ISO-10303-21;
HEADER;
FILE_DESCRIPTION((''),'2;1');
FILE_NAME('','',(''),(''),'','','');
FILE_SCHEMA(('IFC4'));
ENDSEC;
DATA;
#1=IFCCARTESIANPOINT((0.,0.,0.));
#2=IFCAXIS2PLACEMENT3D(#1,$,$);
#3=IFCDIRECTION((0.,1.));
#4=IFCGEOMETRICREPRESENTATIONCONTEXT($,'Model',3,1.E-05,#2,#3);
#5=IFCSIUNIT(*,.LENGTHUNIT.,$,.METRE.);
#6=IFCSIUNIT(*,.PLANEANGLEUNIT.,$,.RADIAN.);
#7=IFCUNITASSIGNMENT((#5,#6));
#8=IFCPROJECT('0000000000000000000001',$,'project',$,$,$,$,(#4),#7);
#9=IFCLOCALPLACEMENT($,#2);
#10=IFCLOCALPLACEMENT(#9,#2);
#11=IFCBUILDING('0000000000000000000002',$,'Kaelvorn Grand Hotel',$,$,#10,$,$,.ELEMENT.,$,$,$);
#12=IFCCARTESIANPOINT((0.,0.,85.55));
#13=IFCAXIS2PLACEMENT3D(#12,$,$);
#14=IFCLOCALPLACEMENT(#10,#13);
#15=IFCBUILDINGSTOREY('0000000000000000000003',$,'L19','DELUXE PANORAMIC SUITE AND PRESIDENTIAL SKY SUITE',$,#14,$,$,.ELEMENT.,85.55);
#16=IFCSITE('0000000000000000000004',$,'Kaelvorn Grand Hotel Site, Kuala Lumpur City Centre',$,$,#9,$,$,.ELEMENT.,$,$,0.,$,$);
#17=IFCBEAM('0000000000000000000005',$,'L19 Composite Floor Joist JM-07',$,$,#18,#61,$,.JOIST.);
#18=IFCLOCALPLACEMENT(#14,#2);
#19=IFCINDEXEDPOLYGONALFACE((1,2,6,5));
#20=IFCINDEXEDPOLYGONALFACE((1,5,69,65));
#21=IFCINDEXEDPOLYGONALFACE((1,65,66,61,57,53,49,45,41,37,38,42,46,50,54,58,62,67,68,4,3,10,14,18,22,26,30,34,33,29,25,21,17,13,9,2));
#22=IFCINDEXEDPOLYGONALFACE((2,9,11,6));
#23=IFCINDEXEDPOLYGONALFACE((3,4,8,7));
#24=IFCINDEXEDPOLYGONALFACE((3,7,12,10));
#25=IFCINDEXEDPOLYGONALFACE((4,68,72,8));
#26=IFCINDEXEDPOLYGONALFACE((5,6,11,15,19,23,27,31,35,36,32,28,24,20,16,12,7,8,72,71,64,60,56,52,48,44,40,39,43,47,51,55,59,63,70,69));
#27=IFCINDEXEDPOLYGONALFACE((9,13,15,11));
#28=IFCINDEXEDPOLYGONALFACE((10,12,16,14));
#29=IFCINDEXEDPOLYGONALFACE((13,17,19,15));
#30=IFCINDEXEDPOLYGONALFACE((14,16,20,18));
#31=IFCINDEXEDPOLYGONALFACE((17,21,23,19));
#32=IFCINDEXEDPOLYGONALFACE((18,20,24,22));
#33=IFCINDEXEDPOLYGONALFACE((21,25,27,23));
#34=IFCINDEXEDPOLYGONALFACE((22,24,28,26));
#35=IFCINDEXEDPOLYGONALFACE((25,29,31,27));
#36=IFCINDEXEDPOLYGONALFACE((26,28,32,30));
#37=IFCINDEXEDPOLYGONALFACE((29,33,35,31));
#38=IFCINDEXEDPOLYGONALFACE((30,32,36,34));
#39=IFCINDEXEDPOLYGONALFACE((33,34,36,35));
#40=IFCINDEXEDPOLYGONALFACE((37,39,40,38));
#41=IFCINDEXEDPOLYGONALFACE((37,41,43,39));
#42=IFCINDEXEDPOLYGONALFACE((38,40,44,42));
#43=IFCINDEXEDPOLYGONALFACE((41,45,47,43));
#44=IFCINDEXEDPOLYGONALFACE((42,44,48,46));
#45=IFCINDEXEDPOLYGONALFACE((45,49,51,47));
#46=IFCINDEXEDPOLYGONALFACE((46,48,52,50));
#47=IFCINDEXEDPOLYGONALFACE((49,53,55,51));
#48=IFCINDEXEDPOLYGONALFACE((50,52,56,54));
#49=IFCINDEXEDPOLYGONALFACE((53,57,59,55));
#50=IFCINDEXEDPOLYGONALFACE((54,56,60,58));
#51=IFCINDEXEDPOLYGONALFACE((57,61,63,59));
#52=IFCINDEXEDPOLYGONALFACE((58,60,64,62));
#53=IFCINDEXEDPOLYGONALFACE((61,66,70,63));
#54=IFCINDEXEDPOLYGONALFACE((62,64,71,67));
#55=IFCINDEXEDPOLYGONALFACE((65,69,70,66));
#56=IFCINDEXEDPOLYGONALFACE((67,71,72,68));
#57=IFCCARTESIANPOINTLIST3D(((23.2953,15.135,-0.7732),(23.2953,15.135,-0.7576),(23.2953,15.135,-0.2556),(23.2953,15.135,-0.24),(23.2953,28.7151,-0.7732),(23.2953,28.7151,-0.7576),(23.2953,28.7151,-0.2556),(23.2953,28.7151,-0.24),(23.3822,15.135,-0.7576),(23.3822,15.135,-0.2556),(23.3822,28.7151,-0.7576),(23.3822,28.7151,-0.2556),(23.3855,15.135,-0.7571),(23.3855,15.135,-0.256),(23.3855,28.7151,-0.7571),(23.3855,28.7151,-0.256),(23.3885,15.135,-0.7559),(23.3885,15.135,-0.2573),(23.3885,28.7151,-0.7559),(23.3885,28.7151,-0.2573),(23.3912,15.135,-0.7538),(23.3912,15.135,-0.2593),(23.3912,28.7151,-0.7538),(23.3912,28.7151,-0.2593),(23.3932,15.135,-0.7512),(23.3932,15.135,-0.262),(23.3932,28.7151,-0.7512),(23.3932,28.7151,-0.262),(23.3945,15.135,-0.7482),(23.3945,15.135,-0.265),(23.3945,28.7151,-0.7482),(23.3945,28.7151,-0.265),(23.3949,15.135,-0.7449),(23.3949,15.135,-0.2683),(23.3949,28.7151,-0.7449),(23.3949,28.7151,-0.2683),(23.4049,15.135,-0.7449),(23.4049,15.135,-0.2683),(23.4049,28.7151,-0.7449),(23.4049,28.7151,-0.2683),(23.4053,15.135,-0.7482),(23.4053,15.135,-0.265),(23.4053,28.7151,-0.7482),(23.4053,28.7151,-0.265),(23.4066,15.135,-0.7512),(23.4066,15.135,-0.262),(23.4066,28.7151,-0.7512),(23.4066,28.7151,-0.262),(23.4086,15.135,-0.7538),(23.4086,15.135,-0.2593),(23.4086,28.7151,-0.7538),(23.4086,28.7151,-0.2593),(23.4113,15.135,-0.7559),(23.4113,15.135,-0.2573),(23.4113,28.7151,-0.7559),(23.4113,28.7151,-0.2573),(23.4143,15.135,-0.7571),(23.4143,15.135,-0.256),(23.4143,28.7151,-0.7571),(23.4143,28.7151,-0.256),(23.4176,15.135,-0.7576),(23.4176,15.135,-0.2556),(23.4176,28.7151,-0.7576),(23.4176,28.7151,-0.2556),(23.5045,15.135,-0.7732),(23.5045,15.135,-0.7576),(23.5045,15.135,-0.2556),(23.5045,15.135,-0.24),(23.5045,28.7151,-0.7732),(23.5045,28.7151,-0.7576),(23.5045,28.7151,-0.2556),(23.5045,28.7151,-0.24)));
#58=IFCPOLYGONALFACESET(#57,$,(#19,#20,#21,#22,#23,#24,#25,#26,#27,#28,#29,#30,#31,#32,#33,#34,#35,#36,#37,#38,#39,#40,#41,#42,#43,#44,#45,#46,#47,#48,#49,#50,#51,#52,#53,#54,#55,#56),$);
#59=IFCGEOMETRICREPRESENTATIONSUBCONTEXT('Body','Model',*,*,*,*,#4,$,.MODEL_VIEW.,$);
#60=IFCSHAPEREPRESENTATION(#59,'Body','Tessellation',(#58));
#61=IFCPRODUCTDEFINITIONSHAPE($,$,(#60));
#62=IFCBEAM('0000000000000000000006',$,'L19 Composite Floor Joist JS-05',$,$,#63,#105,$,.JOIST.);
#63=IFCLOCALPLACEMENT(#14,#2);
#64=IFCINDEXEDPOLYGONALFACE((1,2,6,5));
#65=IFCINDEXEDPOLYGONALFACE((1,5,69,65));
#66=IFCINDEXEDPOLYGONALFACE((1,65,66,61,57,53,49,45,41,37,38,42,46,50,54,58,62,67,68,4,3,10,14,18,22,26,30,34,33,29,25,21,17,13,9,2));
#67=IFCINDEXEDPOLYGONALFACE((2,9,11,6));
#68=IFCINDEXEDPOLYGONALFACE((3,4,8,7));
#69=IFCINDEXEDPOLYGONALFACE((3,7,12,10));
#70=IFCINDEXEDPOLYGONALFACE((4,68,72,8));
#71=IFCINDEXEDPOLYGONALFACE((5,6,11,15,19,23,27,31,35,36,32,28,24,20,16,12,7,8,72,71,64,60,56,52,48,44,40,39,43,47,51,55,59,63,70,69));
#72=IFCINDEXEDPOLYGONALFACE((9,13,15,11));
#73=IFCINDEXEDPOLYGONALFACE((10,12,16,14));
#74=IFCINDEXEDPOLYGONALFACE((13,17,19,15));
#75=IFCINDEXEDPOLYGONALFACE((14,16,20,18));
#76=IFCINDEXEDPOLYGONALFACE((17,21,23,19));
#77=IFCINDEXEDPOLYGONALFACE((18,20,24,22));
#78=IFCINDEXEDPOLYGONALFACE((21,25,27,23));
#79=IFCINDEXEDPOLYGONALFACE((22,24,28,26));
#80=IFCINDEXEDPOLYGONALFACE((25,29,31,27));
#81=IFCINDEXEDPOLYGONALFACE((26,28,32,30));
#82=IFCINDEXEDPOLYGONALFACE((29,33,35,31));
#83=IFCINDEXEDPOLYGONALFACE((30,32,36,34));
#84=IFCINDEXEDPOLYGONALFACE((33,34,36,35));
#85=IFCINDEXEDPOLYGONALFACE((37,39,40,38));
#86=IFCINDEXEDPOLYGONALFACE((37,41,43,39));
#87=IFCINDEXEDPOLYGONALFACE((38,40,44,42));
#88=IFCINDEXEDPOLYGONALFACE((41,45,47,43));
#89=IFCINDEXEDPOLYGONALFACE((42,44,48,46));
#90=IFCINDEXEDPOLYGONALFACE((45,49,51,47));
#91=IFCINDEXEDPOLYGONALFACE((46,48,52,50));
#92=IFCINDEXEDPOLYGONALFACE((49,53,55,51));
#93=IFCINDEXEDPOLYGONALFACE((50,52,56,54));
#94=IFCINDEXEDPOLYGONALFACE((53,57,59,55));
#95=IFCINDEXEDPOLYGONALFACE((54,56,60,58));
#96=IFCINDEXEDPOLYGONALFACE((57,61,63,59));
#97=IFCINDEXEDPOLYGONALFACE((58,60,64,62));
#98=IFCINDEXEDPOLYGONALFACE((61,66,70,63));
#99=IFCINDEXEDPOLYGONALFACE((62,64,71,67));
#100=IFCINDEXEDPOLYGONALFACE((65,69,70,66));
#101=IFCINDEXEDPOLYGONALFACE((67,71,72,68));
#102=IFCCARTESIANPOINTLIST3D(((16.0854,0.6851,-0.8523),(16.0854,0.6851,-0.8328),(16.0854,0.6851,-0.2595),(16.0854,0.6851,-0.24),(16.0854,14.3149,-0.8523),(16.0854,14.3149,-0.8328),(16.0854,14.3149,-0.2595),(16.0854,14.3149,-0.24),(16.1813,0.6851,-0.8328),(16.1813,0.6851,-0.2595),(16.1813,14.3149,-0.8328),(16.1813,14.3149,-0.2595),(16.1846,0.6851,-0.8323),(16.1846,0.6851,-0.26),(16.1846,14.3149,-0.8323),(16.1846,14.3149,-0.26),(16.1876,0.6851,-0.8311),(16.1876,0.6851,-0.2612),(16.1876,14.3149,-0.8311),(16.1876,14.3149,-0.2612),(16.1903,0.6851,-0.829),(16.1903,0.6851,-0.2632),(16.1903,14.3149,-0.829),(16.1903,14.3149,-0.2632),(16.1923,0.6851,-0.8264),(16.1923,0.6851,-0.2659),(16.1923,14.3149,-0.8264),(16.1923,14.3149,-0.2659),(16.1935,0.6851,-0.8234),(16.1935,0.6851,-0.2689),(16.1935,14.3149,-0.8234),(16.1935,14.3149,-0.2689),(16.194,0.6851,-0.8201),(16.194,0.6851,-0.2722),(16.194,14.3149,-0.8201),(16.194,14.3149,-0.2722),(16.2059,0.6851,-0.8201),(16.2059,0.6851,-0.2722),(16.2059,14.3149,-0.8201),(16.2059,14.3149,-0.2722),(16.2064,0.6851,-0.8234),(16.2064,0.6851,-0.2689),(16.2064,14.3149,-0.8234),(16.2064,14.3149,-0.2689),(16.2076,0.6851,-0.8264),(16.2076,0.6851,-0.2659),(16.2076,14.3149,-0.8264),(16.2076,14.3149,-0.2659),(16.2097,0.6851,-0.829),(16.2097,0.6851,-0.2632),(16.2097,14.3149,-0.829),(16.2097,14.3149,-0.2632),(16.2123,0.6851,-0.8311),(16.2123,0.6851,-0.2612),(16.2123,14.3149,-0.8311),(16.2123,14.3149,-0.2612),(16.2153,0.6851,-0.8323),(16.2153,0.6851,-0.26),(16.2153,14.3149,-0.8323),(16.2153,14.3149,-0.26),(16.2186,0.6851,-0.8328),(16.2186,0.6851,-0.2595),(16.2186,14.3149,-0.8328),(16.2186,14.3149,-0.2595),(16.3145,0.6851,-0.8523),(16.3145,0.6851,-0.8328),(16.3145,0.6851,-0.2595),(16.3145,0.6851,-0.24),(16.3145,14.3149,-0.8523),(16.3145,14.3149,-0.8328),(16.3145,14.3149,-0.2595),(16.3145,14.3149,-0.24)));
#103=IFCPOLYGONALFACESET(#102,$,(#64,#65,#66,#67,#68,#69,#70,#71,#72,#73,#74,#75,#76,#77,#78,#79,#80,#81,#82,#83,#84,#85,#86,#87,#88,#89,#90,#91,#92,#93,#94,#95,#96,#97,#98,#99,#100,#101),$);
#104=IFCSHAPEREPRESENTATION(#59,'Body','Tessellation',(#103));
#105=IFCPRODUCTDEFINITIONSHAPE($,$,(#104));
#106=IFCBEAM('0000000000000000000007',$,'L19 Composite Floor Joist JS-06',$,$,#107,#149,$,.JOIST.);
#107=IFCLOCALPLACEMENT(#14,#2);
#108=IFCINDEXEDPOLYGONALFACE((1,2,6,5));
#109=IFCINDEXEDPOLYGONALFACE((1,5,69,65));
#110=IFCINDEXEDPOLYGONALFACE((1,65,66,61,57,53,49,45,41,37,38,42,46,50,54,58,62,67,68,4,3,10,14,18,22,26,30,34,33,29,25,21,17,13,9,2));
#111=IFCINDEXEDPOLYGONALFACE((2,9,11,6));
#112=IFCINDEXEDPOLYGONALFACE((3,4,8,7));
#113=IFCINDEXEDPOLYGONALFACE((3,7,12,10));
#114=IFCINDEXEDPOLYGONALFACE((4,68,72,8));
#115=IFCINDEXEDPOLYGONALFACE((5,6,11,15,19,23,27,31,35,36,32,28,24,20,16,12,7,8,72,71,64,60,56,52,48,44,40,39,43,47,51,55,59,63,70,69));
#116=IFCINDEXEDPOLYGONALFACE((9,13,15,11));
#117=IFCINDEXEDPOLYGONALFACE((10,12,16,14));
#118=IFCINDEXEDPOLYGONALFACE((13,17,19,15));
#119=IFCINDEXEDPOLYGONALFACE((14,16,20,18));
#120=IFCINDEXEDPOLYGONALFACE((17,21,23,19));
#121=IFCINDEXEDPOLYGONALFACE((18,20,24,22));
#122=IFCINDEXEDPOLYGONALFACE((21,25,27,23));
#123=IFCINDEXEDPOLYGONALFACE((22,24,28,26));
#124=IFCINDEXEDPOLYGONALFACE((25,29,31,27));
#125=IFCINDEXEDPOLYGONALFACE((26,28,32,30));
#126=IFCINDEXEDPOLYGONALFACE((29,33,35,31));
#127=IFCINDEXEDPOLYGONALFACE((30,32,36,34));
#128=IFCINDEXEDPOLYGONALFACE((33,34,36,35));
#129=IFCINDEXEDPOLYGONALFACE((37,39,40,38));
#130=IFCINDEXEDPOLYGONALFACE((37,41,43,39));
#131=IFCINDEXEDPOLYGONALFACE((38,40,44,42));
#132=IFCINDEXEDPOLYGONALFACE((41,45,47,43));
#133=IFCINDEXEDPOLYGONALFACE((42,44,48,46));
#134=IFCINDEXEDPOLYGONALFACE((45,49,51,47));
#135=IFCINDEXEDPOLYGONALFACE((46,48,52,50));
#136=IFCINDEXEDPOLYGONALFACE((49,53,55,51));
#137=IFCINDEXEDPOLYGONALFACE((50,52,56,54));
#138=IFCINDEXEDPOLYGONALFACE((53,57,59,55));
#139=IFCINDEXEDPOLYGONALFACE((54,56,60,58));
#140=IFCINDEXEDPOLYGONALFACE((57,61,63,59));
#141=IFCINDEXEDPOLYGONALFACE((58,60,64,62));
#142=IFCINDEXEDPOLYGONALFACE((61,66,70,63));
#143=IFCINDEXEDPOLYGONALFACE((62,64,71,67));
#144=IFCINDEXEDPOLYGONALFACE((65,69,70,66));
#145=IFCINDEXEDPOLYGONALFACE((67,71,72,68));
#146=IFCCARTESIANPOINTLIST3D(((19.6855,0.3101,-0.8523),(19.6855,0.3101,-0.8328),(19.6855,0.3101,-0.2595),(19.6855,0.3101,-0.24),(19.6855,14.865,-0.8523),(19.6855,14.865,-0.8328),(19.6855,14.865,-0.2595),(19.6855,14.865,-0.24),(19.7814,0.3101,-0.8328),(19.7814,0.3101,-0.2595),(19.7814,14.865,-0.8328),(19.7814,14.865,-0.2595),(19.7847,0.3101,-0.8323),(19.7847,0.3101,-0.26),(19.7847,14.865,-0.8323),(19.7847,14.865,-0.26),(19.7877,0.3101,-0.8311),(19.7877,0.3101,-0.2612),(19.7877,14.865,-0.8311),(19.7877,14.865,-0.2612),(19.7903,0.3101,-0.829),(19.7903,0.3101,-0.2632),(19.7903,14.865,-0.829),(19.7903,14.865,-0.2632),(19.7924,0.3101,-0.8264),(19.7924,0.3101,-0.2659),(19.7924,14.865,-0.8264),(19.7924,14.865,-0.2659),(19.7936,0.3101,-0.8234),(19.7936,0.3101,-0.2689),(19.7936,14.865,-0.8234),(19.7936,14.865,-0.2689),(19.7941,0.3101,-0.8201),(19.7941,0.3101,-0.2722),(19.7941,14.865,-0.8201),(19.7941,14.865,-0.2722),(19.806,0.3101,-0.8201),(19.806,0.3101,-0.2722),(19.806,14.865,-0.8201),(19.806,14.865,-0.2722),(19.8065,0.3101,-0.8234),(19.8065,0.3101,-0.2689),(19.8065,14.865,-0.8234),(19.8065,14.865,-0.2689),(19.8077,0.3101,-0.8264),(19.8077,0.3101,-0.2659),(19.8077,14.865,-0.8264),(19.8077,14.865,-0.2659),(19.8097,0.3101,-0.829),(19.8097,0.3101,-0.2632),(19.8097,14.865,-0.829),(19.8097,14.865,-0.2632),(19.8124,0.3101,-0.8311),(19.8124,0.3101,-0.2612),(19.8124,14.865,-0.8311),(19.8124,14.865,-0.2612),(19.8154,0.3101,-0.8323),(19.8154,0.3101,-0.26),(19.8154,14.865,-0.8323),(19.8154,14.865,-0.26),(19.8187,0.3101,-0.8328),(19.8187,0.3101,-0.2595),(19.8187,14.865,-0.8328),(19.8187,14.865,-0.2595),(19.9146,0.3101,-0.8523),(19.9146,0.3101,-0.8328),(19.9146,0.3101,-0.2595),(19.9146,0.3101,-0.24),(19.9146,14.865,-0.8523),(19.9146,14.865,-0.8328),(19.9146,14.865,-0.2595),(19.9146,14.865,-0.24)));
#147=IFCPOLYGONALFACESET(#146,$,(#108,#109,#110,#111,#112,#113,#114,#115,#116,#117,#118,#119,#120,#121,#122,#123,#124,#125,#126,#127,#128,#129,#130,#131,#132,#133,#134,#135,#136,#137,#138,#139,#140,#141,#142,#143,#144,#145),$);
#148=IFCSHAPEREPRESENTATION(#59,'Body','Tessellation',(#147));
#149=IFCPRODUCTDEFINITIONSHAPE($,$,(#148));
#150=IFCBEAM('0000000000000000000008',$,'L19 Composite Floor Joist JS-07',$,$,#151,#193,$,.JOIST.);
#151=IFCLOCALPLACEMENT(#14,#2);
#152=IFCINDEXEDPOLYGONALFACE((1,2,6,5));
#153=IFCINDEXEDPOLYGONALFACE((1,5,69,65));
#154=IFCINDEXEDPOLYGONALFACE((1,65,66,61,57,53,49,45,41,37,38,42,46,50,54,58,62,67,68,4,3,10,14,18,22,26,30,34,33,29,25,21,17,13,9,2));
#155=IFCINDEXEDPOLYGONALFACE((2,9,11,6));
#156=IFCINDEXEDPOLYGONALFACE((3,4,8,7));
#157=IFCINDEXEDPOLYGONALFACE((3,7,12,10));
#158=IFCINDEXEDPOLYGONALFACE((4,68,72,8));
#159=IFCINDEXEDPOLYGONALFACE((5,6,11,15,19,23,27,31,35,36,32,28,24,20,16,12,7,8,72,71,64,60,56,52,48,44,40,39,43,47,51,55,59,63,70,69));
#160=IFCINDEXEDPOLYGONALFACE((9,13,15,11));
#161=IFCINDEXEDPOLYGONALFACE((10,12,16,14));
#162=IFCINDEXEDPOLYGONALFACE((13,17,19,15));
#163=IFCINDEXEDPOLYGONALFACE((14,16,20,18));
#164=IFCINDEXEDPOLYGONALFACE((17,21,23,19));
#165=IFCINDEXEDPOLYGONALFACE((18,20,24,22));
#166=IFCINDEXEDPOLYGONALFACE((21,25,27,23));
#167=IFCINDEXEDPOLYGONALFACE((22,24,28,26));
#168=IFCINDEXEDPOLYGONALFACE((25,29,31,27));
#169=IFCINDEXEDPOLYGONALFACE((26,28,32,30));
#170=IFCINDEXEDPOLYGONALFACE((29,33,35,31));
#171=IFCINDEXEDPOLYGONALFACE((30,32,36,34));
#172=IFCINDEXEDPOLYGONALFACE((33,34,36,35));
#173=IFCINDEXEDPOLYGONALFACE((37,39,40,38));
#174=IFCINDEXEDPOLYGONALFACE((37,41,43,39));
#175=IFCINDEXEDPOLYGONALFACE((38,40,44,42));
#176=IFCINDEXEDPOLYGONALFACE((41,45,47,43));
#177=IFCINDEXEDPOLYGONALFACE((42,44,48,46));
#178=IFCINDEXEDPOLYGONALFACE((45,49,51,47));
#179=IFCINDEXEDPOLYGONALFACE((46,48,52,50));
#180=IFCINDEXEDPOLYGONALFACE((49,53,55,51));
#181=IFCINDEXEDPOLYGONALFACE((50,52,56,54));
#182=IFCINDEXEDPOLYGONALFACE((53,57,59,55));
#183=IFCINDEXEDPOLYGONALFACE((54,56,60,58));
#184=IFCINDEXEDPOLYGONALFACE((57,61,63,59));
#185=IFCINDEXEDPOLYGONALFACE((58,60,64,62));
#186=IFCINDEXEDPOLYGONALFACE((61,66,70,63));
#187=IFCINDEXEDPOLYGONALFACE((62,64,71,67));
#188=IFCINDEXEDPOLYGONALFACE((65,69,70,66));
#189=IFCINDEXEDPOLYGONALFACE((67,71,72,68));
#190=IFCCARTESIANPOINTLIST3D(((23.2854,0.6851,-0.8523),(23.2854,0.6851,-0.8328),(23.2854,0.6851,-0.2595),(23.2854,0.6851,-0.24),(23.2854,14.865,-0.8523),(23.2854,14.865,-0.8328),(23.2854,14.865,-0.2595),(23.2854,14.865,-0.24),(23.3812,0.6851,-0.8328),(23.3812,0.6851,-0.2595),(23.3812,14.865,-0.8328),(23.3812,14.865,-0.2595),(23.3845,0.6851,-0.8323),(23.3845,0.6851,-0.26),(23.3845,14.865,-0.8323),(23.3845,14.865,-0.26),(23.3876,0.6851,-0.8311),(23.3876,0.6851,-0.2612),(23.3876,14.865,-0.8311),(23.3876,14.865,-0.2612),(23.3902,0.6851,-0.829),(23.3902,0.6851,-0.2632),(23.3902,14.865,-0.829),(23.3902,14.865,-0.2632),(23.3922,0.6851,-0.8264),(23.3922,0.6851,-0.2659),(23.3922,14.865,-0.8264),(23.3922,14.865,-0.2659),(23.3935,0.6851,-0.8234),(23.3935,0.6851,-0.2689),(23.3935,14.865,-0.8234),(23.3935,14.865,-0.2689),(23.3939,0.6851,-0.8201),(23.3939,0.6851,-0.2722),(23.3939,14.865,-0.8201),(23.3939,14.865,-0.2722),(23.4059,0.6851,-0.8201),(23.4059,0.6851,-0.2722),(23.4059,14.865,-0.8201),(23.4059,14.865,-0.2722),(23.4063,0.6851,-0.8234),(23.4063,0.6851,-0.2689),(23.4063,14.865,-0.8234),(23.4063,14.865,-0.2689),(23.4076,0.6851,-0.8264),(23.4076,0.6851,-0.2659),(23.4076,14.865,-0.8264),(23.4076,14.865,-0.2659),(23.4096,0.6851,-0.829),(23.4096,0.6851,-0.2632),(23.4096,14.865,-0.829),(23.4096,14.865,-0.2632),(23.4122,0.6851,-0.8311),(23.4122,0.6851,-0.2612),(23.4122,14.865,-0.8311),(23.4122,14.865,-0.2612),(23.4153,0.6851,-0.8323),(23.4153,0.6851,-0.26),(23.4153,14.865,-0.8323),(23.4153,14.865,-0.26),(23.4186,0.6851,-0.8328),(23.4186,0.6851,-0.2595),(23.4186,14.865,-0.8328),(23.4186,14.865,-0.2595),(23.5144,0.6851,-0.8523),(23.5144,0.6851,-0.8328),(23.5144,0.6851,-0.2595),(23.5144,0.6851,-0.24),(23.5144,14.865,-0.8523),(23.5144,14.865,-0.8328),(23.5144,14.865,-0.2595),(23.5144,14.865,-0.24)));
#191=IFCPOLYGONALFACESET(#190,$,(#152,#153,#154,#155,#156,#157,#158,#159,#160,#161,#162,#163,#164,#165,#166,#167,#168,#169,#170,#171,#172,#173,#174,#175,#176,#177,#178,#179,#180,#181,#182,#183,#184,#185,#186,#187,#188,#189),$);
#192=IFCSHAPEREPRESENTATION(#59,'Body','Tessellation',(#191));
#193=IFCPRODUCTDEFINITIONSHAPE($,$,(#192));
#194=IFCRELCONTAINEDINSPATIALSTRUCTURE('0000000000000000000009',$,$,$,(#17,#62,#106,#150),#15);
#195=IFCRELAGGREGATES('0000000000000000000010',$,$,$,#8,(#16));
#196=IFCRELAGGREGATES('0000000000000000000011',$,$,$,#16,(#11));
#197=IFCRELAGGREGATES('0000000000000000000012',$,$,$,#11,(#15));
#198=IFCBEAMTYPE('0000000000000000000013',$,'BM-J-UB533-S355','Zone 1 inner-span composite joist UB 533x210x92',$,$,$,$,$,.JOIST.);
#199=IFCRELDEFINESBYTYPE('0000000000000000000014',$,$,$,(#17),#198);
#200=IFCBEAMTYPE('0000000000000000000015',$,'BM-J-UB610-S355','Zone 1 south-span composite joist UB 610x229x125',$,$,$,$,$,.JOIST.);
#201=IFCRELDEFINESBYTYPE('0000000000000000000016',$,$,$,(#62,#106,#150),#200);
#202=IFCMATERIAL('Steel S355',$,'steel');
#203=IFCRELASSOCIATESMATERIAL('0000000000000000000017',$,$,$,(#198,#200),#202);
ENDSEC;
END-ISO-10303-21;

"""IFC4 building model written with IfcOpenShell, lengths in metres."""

from ifc_helpers import new_model, si_unit, direction, frame, origin, origin_2d, place, context, subcontext, project, spatial, i_section, extrude, material, material_profile, profile_set, type_object, element, save


model = new_model("IFC4")

# Units and contexts
model_context = context("Model", 3, precision=1e-05, world=origin(), true_north=direction((0.0, 1.0)))
body_context = subcontext(model_context, "Body", "Model", "MODEL_VIEW")
ifc_project = project(units=[si_unit("LENGTHUNIT", "METRE"), si_unit("PLANEANGLEUNIT", "RADIAN")], contexts=[model_context])

# Site, building, storey
site_placement = place(None, origin())
site = spatial("IfcSite", under=ifc_project, at=site_placement, Name="Kaelvorn Grand Hotel Site, Kuala Lumpur City Centre", CompositionType="ELEMENT", RefElevation=0.0)
building_placement = place(site_placement, origin())
building = spatial("IfcBuilding", under=site, at=building_placement, Name="Kaelvorn Grand Hotel", CompositionType="ELEMENT")
storey_placement = place(building_placement, frame((0.0, 0.0, 85.55)))
storey = spatial("IfcBuildingStorey", under=building, at=storey_placement, Name="L19", Description="DELUXE PANORAMIC SUITE AND PRESIDENTIAL SKY SUITE", CompositionType="ELEMENT", Elevation=85.55)

# Beams
ifc_material_1 = material(Name="Steel S355", Category="steel")
ifc_material_profile_1 = material_profile(ifc_material_1, i_section(OverallWidth=0.2092, OverallDepth=0.5332, WebThickness=0.01, FlangeThickness=0.0156, FilletRadius=0.0127, at=origin_2d()), Name="UB 533x210x92")
ifc_profile_set_1 = profile_set([ifc_material_profile_1], Name="Steel S355")
beam_type_1 = type_object("IfcBeamType", Name="BM-J-UB533-S355", Description="Zone 1 inner-span composite joist UB 533x210x92", PredefinedType="JOIST", material=ifc_profile_set_1)
beam_1_placement = place(storey_placement, frame((23.3999, 15.135, -0.5066), z_axis=(0.0, 1.0, 0.0), x_axis=(-1.0, 0.0, 0.0)))
element("IfcBeam", 1, at=beam_1_placement, inside=storey, type_object=beam_type_1, Name="L19 Composite Floor Joist JM-07", PredefinedType="JOIST", context=body_context, shape_type="SweptSolid", body=[
    extrude(i_section(OverallWidth=0.2092, OverallDepth=0.5332, WebThickness=0.01, FlangeThickness=0.0156, FilletRadius=0.0127, at=origin_2d()), origin(), (0.0, 0.0, 1.0), 13.5801),
])
ifc_material_profile_2 = material_profile(ifc_material_1, i_section(OverallWidth=0.229, OverallDepth=0.6123, WebThickness=0.012, FlangeThickness=0.0195, FilletRadius=0.0127, at=origin_2d()), Name="UB 610x229x125")
ifc_profile_set_2 = profile_set([ifc_material_profile_2], Name="Steel S355")
beam_type_2 = type_object("IfcBeamType", Name="BM-J-UB610-S355", Description="Zone 1 south-span composite joist UB 610x229x125", PredefinedType="JOIST", material=ifc_profile_set_2)
beam_2_placement = place(storey_placement, frame((16.2, 0.6851, -0.5461), z_axis=(0.0, 1.0, 0.0), x_axis=(-1.0, 0.0, 0.0)))
element("IfcBeam", 2, at=beam_2_placement, inside=storey, type_object=beam_type_2, Name="L19 Composite Floor Joist JS-05", PredefinedType="JOIST", context=body_context, shape_type="SweptSolid", body=[
    extrude(i_section(OverallWidth=0.229, OverallDepth=0.6123, WebThickness=0.012, FlangeThickness=0.0195, FilletRadius=0.0127, at=origin_2d()), origin(), (0.0, 0.0, 1.0), 13.6299),
])
beam_3_placement = place(storey_placement, frame((19.8, 0.3101, -0.5461), z_axis=(0.0, 1.0, 0.0), x_axis=(-1.0, 0.0, 0.0)))
element("IfcBeam", 3, at=beam_3_placement, inside=storey, type_object=beam_type_2, Name="L19 Composite Floor Joist JS-06", PredefinedType="JOIST", context=body_context, shape_type="SweptSolid", body=[
    extrude(i_section(OverallWidth=0.229, OverallDepth=0.6123, WebThickness=0.012, FlangeThickness=0.0195, FilletRadius=0.0127, at=origin_2d()), origin(), (0.0, 0.0, 1.0), 14.5549),
])
beam_4_placement = place(storey_placement, frame((23.3999, 0.6851, -0.5461), z_axis=(0.0, 1.0, 0.0), x_axis=(-1.0, 0.0, 0.0)))
element("IfcBeam", 4, at=beam_4_placement, inside=storey, type_object=beam_type_2, Name="L19 Composite Floor Joist JS-07", PredefinedType="JOIST", context=body_context, shape_type="SweptSolid", body=[
    extrude(i_section(OverallWidth=0.229, OverallDepth=0.6123, WebThickness=0.012, FlangeThickness=0.0195, FilletRadius=0.0127, at=origin_2d()), origin(), (0.0, 0.0, 1.0), 14.1799),
])

save(model, "model.ifc")
